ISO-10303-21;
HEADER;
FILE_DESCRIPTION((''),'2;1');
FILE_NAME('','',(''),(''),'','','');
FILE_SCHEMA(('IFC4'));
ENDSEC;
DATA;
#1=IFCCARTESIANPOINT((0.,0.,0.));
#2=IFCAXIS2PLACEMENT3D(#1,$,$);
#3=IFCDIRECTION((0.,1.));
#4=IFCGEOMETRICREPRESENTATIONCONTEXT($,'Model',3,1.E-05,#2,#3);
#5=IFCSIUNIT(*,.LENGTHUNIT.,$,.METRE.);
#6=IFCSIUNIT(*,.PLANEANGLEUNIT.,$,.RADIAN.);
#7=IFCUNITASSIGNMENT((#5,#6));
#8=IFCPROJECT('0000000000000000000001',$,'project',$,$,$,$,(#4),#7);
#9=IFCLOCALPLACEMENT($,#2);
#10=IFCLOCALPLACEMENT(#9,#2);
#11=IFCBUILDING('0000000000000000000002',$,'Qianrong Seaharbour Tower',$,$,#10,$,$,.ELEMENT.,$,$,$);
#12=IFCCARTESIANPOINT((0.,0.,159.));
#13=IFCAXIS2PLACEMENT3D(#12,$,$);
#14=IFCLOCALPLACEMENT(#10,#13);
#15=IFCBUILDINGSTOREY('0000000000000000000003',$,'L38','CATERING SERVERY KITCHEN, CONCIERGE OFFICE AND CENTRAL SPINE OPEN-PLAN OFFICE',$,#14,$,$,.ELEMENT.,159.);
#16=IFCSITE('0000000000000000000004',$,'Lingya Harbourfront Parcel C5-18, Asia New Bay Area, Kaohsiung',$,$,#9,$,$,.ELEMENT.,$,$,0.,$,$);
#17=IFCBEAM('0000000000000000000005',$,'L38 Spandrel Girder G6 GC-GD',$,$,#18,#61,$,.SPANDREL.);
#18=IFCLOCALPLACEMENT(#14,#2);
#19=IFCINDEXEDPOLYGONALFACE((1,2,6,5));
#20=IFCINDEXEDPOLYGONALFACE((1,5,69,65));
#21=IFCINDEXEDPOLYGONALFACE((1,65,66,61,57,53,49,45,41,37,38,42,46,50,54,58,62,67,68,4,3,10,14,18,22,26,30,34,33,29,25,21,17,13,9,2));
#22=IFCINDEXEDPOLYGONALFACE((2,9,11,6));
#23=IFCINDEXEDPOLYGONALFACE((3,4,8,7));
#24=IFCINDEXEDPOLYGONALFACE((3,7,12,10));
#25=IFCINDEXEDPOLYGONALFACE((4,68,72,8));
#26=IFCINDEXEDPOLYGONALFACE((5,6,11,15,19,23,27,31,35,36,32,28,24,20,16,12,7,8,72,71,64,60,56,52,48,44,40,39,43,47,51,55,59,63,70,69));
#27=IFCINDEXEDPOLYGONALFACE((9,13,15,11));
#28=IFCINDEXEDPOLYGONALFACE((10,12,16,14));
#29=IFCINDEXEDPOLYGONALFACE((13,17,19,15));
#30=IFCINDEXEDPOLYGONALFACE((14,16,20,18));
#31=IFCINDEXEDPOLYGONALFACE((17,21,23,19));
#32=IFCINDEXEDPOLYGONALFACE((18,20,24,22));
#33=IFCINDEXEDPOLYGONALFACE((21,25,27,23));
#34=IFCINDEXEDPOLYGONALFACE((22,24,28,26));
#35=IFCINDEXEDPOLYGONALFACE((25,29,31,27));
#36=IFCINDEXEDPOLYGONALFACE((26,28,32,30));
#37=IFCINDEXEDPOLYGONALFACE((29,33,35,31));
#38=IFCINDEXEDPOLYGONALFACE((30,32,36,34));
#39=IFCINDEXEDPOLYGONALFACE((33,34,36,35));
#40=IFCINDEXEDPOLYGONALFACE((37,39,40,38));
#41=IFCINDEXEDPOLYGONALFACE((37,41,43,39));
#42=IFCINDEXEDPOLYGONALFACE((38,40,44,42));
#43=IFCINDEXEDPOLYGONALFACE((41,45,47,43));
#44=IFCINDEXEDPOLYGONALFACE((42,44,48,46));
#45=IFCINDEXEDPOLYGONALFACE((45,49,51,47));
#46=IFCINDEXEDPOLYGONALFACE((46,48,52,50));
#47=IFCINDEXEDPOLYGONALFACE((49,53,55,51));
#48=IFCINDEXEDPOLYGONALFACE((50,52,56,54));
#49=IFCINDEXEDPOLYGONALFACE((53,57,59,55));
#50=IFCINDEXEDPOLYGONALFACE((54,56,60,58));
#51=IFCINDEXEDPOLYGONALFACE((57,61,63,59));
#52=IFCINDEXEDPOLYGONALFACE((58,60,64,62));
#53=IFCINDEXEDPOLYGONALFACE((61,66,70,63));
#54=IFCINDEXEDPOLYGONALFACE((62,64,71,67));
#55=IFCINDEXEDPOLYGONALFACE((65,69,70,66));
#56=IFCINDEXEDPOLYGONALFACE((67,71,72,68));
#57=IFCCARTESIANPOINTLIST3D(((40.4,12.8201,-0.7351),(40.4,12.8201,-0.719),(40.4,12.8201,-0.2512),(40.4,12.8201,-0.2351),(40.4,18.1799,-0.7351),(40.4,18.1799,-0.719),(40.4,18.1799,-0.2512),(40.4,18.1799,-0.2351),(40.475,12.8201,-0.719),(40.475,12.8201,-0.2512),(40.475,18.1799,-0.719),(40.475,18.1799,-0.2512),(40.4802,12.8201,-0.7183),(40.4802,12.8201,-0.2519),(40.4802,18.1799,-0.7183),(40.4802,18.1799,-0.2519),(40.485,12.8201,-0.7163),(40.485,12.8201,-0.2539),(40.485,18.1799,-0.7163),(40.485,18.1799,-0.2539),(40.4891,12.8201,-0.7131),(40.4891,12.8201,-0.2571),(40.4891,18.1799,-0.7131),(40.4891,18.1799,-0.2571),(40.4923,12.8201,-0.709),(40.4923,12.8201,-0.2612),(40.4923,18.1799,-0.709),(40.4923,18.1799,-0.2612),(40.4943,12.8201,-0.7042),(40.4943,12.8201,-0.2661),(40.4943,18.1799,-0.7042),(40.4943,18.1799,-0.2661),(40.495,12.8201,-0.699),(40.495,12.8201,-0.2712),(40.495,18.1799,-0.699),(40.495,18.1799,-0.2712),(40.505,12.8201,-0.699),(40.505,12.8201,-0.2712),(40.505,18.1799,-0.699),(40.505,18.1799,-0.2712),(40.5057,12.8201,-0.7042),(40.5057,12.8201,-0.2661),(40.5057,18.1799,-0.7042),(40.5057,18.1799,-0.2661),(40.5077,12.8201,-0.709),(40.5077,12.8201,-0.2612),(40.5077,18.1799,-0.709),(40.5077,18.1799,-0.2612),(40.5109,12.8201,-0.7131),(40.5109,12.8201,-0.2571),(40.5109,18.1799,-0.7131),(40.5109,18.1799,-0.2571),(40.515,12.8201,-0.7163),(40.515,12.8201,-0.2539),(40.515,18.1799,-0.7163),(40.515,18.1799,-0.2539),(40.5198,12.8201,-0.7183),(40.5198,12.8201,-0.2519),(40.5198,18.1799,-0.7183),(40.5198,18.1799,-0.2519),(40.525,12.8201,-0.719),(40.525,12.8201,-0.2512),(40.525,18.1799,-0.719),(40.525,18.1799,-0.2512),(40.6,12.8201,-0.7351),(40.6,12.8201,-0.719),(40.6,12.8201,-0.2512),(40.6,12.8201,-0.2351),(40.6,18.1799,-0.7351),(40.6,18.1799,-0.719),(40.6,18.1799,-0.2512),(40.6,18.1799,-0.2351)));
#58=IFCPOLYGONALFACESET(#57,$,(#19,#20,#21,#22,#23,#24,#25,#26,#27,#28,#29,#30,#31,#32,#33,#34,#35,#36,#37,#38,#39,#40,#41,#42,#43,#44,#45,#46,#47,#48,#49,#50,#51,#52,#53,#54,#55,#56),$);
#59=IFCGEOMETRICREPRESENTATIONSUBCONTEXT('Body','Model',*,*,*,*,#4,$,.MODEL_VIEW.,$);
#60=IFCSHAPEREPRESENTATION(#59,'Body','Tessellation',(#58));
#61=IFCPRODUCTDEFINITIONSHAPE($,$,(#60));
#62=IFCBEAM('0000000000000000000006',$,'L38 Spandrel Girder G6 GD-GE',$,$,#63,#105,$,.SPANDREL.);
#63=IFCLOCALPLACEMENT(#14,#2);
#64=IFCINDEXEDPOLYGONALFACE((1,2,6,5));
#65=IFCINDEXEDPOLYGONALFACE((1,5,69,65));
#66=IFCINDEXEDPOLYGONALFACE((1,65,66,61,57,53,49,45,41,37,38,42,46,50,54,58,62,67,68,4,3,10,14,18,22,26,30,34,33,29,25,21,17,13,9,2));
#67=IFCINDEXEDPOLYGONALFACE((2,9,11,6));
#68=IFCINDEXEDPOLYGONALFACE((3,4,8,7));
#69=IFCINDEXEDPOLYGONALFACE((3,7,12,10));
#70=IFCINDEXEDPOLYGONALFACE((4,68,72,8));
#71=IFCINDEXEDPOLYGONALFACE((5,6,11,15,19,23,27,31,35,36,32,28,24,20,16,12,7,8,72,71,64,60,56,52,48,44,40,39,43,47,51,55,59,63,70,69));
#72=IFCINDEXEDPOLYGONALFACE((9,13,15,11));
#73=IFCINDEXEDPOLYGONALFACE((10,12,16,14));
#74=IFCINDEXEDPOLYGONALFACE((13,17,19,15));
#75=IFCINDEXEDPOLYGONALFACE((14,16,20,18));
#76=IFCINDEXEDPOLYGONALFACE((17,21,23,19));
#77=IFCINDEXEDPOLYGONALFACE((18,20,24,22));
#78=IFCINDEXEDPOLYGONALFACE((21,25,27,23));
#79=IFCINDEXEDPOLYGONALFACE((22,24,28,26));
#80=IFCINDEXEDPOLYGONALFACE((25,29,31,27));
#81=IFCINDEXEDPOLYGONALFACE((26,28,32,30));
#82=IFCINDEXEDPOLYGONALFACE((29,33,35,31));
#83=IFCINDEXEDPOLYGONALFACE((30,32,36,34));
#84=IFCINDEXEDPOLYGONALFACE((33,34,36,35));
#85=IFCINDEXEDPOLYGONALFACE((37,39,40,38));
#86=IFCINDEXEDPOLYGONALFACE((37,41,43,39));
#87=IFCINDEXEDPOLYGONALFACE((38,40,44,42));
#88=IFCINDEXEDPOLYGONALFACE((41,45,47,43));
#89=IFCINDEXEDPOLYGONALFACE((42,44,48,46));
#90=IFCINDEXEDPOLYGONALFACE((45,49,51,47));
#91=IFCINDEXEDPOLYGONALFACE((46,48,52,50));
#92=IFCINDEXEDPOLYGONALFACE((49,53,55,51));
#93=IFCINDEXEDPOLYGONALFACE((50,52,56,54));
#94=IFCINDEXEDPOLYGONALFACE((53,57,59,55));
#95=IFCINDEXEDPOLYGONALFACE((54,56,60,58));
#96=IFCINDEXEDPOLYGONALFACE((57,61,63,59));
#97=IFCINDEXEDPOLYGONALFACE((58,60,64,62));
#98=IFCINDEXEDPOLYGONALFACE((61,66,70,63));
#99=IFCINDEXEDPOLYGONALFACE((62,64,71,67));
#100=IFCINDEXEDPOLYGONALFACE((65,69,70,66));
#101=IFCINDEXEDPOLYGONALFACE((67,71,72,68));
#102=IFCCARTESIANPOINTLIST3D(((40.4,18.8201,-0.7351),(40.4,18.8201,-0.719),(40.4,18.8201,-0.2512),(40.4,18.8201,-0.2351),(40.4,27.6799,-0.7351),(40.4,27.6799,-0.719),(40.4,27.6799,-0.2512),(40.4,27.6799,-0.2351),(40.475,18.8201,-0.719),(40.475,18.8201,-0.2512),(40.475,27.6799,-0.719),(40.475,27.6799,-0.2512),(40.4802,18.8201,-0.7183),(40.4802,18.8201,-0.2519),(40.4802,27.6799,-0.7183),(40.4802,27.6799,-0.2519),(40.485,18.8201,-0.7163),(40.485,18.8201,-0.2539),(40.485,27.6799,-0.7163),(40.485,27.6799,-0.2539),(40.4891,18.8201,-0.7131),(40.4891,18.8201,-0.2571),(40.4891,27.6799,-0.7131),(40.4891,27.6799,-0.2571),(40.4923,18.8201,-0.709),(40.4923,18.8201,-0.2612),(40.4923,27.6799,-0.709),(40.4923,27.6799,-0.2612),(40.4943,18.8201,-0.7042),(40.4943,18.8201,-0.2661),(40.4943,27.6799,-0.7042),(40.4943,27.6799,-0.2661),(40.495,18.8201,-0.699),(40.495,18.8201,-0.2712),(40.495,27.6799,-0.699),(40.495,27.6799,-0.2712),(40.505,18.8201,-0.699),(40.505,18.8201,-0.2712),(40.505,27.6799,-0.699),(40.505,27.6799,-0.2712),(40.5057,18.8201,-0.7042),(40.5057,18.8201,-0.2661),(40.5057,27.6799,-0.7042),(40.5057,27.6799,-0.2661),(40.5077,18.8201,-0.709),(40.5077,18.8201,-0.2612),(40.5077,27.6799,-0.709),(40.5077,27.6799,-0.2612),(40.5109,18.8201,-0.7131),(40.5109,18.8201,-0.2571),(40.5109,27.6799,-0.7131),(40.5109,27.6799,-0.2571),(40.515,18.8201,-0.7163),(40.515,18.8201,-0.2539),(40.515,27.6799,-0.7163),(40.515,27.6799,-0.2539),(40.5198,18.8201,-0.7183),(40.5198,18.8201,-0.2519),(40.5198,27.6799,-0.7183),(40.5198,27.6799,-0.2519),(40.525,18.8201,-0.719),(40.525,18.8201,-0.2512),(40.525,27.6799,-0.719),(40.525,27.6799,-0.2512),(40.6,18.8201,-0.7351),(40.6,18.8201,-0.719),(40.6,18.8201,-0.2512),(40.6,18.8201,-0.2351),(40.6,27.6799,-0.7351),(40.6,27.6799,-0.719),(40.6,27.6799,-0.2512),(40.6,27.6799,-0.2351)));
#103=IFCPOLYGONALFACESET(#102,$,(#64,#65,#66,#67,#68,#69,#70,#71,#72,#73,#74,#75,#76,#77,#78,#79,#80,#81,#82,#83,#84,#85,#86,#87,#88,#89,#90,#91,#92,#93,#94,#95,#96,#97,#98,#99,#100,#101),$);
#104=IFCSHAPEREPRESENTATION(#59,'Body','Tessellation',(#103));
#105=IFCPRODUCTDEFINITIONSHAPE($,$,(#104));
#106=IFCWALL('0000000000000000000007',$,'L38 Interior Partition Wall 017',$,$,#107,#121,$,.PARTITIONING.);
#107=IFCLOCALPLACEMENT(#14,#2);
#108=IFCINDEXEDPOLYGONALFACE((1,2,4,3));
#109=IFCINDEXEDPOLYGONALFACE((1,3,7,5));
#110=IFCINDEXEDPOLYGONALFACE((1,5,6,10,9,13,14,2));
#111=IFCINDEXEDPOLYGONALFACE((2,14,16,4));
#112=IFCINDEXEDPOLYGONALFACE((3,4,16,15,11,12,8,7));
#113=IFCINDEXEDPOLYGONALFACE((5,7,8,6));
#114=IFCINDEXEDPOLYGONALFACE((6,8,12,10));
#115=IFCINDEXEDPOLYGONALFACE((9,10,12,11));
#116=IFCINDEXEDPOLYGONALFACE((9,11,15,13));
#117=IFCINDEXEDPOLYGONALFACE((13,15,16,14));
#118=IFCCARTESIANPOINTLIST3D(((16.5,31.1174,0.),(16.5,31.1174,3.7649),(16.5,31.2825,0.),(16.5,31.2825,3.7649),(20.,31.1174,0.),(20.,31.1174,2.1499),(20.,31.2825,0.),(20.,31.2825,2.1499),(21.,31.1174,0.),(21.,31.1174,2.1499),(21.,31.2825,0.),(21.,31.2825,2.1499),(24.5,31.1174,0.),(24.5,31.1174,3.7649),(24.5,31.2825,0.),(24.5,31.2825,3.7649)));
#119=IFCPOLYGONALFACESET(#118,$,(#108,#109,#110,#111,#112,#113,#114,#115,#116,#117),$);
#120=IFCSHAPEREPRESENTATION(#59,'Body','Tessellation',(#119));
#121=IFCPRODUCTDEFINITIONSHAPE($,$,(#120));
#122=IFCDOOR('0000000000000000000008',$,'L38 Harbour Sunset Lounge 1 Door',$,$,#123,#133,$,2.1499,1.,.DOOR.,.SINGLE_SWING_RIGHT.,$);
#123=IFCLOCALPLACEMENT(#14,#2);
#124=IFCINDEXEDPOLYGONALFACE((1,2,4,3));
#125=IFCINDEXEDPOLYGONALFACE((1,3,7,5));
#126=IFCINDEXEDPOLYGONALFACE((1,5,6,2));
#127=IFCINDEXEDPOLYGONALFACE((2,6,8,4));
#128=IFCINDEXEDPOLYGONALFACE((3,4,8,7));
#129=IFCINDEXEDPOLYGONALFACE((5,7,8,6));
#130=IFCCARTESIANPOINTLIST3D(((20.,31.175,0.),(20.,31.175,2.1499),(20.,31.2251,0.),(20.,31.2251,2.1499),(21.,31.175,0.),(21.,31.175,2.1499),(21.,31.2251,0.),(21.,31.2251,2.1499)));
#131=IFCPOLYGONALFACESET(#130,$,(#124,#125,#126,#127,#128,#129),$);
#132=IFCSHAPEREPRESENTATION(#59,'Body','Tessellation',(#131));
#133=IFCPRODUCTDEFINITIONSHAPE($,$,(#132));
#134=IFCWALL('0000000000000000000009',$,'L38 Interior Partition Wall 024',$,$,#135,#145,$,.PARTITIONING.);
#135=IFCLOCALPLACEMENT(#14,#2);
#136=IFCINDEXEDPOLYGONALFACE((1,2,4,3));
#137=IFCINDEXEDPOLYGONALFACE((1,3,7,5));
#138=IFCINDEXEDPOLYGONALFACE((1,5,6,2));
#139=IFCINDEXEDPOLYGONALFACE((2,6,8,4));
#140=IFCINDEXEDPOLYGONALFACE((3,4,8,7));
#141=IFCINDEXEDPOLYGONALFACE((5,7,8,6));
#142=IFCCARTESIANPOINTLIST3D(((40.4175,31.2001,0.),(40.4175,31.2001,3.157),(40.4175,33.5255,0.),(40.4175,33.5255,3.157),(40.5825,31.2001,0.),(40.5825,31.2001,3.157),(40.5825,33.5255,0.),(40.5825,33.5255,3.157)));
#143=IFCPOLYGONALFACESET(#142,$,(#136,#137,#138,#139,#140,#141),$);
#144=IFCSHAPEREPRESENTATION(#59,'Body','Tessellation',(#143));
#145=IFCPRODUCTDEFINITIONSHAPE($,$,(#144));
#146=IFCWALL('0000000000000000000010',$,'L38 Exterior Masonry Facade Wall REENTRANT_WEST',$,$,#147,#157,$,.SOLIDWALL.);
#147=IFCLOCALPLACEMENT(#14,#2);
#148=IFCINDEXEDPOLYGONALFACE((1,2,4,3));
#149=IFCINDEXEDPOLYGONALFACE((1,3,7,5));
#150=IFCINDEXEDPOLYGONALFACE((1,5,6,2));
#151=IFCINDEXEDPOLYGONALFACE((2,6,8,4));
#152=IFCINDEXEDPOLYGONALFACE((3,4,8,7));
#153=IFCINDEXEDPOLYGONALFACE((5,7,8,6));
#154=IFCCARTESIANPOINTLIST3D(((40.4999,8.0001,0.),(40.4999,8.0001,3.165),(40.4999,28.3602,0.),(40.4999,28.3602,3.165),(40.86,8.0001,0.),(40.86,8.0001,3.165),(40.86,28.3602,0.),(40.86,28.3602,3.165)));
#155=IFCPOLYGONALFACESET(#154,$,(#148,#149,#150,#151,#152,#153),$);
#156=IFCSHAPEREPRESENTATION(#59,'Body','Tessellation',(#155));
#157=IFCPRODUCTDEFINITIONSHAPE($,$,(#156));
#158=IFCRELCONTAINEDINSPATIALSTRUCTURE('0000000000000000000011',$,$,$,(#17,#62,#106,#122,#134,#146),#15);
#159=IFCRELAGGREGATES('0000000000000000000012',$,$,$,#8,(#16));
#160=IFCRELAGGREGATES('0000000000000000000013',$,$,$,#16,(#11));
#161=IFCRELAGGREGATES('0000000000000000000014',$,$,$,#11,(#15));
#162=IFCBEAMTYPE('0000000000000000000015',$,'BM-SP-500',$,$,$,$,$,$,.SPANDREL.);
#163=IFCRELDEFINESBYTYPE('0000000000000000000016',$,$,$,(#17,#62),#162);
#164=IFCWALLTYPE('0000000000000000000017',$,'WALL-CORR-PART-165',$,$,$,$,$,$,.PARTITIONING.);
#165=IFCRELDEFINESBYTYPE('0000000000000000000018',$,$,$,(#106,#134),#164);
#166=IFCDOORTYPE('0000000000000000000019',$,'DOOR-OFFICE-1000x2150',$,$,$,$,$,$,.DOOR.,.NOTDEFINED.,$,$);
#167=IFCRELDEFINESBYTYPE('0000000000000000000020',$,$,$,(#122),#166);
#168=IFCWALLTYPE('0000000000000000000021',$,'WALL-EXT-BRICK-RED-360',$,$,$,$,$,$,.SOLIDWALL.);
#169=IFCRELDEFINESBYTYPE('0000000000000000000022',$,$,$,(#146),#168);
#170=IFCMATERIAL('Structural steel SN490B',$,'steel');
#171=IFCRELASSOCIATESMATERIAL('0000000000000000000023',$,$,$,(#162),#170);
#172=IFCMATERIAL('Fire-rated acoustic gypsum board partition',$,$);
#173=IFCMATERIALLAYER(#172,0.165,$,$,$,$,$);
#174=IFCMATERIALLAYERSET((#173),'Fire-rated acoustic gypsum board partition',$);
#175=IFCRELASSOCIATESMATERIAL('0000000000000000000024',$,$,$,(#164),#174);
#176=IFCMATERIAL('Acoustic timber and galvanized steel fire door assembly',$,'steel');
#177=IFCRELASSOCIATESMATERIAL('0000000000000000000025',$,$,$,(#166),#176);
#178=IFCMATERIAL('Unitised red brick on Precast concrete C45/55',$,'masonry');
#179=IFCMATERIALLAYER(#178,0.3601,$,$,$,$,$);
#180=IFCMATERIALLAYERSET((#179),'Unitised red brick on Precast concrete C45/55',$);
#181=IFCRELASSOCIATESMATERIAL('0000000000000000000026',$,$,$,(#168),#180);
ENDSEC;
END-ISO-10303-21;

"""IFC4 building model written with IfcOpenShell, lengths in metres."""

from ifc_helpers import new_model, si_unit, direction, frame, frame_2d, origin, origin_2d, place, context, subcontext, project, spatial, rectangle, i_section, extrude, material, layer, layer_set, material_profile, profile_set, type_object, element, fill, save


model = new_model("IFC4")

# Units and contexts
model_context = context("Model", 3, precision=1e-05, world=origin(), true_north=direction((0.0, 1.0)))
body_context = subcontext(model_context, "Body", "Model", "MODEL_VIEW")
ifc_project = project(units=[si_unit("LENGTHUNIT", "METRE"), si_unit("PLANEANGLEUNIT", "RADIAN")], contexts=[model_context])

# Site, building, storey
site_placement = place(None, origin())
site = spatial("IfcSite", under=ifc_project, at=site_placement, Name="Lingya Harbourfront Parcel C5-18, Asia New Bay Area, Kaohsiung", CompositionType="ELEMENT", RefElevation=0.0)
building_placement = place(site_placement, origin())
building = spatial("IfcBuilding", under=site, at=building_placement, Name="Qianrong Seaharbour Tower", CompositionType="ELEMENT")
storey_placement = place(building_placement, frame((0.0, 0.0, 159.0)))
storey = spatial("IfcBuildingStorey", under=building, at=storey_placement, Name="L38", Description="CATERING SERVERY KITCHEN, CONCIERGE OFFICE AND CENTRAL SPINE OPEN-PLAN OFFICE", CompositionType="ELEMENT", Elevation=159.0)

# Shared definitions
ifc_material_1 = material(Name="Structural steel SN490B", Category="steel")

# Beams
ifc_material_profile_1 = material_profile(ifc_material_1, i_section(OverallWidth=0.2, OverallDepth=0.5, WebThickness=0.01, FlangeThickness=0.0161, FilletRadius=0.02, at=origin_2d()), Name="H500x200x10x16")
ifc_profile_set_1 = profile_set([ifc_material_profile_1], Name="Structural steel SN490B")
beam_type_1 = type_object("IfcBeamType", Name="BM-SP-500", PredefinedType="SPANDREL", material=ifc_profile_set_1)
beam_1_placement = place(storey_placement, frame((40.5, 12.8201, -0.4851), z_axis=(0.0, 1.0, 0.0), x_axis=(-1.0, 0.0, 0.0)))
element("IfcBeam", 1, at=beam_1_placement, inside=storey, type_object=beam_type_1, Name="L38 Spandrel Girder G6 GC-GD", PredefinedType="SPANDREL", context=body_context, shape_type="SweptSolid", body=[
    extrude(i_section(OverallWidth=0.2, OverallDepth=0.5, WebThickness=0.01, FlangeThickness=0.0161, FilletRadius=0.02, at=origin_2d()), origin(), (0.0, 0.0, 1.0), 5.3599),
])
beam_2_placement = place(storey_placement, frame((40.5, 18.8201, -0.4851), z_axis=(0.0, 1.0, 0.0), x_axis=(-1.0, 0.0, 0.0)))
element("IfcBeam", 2, at=beam_2_placement, inside=storey, type_object=beam_type_1, Name="L38 Spandrel Girder G6 GD-GE", PredefinedType="SPANDREL", context=body_context, shape_type="SweptSolid", body=[
    extrude(i_section(OverallWidth=0.2, OverallDepth=0.5, WebThickness=0.01, FlangeThickness=0.0161, FilletRadius=0.02, at=origin_2d()), origin(), (0.0, 0.0, 1.0), 8.8599),
])

# Wall, opening, door
ifc_material_2 = material(Name="Fire-rated acoustic gypsum board partition")
ifc_layer_1 = layer(ifc_material_2, 0.165)
ifc_layer_set_1 = layer_set([ifc_layer_1], Name="Fire-rated acoustic gypsum board partition")
wall_type_1 = type_object("IfcWallType", Name="WALL-CORR-PART-165", PredefinedType="PARTITIONING", material=ifc_layer_set_1)
wall_1_placement = place(storey_placement, frame((24.5, 31.2, 0.0), z_axis=(0.0, 0.0, 1.0), x_axis=(-1.0, 0.0, 0.0)))
wall_1 = element("IfcWall", 3, at=wall_1_placement, inside=storey, type_object=wall_type_1, Name="L38 Interior Partition Wall 017", PredefinedType="PARTITIONING", context=body_context, shape_type="SweptSolid", body=[
    extrude(rectangle(XDim=8.0, YDim=0.165, at=frame_2d((4.0, 0.0))), origin(), (0.0, 0.0, 1.0), 3.7649),
])
opening_1_placement = place(wall_1_placement, frame((3.5, 0.0, 0.0)))
opening_1 = element("IfcOpeningElement", 4, at=opening_1_placement, cuts=wall_1, PredefinedType="OPENING", context=body_context, shape_type="SweptSolid", body=[
    extrude(rectangle(XDim=1.0, YDim=2.1499, at=frame_2d((0.5, 1.075))), frame((0.0, 0.0925, 0.0), z_axis=(0.0, -1.0, 0.0), x_axis=(1.0, 0.0, 0.0)), (0.0, 0.0, 1.0), 0.1851),
])
ifc_material_3 = material(Name="Acoustic timber and galvanized steel fire door assembly", Category="steel")
door_type = type_object("IfcDoorType", Name="DOOR-OFFICE-1000x2150", OperationType="NOTDEFINED", PredefinedType="DOOR", material=ifc_material_3)
door_placement = place(opening_1_placement, origin())
door = element("IfcDoor", 5, at=door_placement, inside=storey, type_object=door_type, Name="L38 Harbour Sunset Lounge 1 Door", OperationType="SINGLE_SWING_RIGHT", OverallHeight=2.1499, OverallWidth=1.0, PredefinedType="DOOR", context=body_context, shape_type="SweptSolid", body=[
    extrude(rectangle(XDim=1.0, YDim=2.1499, at=frame_2d((0.5, 1.075))), frame((0.0, 0.0249, 0.0), z_axis=(0.0, -1.0, 0.0), x_axis=(1.0, 0.0, 0.0)), (0.0, 0.0, 1.0), 0.05),
])
fill(opening_1, door)

# Walls
wall_2_placement = place(storey_placement, frame((40.5, 33.5254, 0.0), z_axis=(0.0, 0.0, 1.0), x_axis=(0.0, -1.0, 0.0)))
element("IfcWall", 6, at=wall_2_placement, inside=storey, type_object=wall_type_1, Name="L38 Interior Partition Wall 024", PredefinedType="PARTITIONING", context=body_context, shape_type="SweptSolid", body=[
    extrude(rectangle(XDim=2.3254, YDim=0.165, at=frame_2d((1.1626, 0.0))), origin(), (0.0, 0.0, 1.0), 3.157),
])
ifc_material_4 = material(Name="Unitised red brick on Precast concrete C45/55", Category="masonry")
ifc_layer_2 = layer(ifc_material_4, 0.3601)
ifc_layer_set_2 = layer_set([ifc_layer_2], Name="Unitised red brick on Precast concrete C45/55")
wall_type_2 = type_object("IfcWallType", Name="WALL-EXT-BRICK-RED-360", PredefinedType="SOLIDWALL", material=ifc_layer_set_2)
wall_3_placement = place(storey_placement, frame((40.6799, 8.0, 0.0), z_axis=(0.0, 0.0, 1.0), x_axis=(0.0, 1.0, 0.0)))
element("IfcWall", 7, at=wall_3_placement, inside=storey, type_object=wall_type_2, Name="L38 Exterior Masonry Facade Wall REENTRANT_WEST", PredefinedType="SOLIDWALL", context=body_context, shape_type="SweptSolid", body=[
    extrude(rectangle(XDim=20.3601, YDim=0.3601, at=frame_2d((10.1802, 0.0))), origin(), (0.0, 0.0, 1.0), 3.165),
])

save(model, "model.ifc")
